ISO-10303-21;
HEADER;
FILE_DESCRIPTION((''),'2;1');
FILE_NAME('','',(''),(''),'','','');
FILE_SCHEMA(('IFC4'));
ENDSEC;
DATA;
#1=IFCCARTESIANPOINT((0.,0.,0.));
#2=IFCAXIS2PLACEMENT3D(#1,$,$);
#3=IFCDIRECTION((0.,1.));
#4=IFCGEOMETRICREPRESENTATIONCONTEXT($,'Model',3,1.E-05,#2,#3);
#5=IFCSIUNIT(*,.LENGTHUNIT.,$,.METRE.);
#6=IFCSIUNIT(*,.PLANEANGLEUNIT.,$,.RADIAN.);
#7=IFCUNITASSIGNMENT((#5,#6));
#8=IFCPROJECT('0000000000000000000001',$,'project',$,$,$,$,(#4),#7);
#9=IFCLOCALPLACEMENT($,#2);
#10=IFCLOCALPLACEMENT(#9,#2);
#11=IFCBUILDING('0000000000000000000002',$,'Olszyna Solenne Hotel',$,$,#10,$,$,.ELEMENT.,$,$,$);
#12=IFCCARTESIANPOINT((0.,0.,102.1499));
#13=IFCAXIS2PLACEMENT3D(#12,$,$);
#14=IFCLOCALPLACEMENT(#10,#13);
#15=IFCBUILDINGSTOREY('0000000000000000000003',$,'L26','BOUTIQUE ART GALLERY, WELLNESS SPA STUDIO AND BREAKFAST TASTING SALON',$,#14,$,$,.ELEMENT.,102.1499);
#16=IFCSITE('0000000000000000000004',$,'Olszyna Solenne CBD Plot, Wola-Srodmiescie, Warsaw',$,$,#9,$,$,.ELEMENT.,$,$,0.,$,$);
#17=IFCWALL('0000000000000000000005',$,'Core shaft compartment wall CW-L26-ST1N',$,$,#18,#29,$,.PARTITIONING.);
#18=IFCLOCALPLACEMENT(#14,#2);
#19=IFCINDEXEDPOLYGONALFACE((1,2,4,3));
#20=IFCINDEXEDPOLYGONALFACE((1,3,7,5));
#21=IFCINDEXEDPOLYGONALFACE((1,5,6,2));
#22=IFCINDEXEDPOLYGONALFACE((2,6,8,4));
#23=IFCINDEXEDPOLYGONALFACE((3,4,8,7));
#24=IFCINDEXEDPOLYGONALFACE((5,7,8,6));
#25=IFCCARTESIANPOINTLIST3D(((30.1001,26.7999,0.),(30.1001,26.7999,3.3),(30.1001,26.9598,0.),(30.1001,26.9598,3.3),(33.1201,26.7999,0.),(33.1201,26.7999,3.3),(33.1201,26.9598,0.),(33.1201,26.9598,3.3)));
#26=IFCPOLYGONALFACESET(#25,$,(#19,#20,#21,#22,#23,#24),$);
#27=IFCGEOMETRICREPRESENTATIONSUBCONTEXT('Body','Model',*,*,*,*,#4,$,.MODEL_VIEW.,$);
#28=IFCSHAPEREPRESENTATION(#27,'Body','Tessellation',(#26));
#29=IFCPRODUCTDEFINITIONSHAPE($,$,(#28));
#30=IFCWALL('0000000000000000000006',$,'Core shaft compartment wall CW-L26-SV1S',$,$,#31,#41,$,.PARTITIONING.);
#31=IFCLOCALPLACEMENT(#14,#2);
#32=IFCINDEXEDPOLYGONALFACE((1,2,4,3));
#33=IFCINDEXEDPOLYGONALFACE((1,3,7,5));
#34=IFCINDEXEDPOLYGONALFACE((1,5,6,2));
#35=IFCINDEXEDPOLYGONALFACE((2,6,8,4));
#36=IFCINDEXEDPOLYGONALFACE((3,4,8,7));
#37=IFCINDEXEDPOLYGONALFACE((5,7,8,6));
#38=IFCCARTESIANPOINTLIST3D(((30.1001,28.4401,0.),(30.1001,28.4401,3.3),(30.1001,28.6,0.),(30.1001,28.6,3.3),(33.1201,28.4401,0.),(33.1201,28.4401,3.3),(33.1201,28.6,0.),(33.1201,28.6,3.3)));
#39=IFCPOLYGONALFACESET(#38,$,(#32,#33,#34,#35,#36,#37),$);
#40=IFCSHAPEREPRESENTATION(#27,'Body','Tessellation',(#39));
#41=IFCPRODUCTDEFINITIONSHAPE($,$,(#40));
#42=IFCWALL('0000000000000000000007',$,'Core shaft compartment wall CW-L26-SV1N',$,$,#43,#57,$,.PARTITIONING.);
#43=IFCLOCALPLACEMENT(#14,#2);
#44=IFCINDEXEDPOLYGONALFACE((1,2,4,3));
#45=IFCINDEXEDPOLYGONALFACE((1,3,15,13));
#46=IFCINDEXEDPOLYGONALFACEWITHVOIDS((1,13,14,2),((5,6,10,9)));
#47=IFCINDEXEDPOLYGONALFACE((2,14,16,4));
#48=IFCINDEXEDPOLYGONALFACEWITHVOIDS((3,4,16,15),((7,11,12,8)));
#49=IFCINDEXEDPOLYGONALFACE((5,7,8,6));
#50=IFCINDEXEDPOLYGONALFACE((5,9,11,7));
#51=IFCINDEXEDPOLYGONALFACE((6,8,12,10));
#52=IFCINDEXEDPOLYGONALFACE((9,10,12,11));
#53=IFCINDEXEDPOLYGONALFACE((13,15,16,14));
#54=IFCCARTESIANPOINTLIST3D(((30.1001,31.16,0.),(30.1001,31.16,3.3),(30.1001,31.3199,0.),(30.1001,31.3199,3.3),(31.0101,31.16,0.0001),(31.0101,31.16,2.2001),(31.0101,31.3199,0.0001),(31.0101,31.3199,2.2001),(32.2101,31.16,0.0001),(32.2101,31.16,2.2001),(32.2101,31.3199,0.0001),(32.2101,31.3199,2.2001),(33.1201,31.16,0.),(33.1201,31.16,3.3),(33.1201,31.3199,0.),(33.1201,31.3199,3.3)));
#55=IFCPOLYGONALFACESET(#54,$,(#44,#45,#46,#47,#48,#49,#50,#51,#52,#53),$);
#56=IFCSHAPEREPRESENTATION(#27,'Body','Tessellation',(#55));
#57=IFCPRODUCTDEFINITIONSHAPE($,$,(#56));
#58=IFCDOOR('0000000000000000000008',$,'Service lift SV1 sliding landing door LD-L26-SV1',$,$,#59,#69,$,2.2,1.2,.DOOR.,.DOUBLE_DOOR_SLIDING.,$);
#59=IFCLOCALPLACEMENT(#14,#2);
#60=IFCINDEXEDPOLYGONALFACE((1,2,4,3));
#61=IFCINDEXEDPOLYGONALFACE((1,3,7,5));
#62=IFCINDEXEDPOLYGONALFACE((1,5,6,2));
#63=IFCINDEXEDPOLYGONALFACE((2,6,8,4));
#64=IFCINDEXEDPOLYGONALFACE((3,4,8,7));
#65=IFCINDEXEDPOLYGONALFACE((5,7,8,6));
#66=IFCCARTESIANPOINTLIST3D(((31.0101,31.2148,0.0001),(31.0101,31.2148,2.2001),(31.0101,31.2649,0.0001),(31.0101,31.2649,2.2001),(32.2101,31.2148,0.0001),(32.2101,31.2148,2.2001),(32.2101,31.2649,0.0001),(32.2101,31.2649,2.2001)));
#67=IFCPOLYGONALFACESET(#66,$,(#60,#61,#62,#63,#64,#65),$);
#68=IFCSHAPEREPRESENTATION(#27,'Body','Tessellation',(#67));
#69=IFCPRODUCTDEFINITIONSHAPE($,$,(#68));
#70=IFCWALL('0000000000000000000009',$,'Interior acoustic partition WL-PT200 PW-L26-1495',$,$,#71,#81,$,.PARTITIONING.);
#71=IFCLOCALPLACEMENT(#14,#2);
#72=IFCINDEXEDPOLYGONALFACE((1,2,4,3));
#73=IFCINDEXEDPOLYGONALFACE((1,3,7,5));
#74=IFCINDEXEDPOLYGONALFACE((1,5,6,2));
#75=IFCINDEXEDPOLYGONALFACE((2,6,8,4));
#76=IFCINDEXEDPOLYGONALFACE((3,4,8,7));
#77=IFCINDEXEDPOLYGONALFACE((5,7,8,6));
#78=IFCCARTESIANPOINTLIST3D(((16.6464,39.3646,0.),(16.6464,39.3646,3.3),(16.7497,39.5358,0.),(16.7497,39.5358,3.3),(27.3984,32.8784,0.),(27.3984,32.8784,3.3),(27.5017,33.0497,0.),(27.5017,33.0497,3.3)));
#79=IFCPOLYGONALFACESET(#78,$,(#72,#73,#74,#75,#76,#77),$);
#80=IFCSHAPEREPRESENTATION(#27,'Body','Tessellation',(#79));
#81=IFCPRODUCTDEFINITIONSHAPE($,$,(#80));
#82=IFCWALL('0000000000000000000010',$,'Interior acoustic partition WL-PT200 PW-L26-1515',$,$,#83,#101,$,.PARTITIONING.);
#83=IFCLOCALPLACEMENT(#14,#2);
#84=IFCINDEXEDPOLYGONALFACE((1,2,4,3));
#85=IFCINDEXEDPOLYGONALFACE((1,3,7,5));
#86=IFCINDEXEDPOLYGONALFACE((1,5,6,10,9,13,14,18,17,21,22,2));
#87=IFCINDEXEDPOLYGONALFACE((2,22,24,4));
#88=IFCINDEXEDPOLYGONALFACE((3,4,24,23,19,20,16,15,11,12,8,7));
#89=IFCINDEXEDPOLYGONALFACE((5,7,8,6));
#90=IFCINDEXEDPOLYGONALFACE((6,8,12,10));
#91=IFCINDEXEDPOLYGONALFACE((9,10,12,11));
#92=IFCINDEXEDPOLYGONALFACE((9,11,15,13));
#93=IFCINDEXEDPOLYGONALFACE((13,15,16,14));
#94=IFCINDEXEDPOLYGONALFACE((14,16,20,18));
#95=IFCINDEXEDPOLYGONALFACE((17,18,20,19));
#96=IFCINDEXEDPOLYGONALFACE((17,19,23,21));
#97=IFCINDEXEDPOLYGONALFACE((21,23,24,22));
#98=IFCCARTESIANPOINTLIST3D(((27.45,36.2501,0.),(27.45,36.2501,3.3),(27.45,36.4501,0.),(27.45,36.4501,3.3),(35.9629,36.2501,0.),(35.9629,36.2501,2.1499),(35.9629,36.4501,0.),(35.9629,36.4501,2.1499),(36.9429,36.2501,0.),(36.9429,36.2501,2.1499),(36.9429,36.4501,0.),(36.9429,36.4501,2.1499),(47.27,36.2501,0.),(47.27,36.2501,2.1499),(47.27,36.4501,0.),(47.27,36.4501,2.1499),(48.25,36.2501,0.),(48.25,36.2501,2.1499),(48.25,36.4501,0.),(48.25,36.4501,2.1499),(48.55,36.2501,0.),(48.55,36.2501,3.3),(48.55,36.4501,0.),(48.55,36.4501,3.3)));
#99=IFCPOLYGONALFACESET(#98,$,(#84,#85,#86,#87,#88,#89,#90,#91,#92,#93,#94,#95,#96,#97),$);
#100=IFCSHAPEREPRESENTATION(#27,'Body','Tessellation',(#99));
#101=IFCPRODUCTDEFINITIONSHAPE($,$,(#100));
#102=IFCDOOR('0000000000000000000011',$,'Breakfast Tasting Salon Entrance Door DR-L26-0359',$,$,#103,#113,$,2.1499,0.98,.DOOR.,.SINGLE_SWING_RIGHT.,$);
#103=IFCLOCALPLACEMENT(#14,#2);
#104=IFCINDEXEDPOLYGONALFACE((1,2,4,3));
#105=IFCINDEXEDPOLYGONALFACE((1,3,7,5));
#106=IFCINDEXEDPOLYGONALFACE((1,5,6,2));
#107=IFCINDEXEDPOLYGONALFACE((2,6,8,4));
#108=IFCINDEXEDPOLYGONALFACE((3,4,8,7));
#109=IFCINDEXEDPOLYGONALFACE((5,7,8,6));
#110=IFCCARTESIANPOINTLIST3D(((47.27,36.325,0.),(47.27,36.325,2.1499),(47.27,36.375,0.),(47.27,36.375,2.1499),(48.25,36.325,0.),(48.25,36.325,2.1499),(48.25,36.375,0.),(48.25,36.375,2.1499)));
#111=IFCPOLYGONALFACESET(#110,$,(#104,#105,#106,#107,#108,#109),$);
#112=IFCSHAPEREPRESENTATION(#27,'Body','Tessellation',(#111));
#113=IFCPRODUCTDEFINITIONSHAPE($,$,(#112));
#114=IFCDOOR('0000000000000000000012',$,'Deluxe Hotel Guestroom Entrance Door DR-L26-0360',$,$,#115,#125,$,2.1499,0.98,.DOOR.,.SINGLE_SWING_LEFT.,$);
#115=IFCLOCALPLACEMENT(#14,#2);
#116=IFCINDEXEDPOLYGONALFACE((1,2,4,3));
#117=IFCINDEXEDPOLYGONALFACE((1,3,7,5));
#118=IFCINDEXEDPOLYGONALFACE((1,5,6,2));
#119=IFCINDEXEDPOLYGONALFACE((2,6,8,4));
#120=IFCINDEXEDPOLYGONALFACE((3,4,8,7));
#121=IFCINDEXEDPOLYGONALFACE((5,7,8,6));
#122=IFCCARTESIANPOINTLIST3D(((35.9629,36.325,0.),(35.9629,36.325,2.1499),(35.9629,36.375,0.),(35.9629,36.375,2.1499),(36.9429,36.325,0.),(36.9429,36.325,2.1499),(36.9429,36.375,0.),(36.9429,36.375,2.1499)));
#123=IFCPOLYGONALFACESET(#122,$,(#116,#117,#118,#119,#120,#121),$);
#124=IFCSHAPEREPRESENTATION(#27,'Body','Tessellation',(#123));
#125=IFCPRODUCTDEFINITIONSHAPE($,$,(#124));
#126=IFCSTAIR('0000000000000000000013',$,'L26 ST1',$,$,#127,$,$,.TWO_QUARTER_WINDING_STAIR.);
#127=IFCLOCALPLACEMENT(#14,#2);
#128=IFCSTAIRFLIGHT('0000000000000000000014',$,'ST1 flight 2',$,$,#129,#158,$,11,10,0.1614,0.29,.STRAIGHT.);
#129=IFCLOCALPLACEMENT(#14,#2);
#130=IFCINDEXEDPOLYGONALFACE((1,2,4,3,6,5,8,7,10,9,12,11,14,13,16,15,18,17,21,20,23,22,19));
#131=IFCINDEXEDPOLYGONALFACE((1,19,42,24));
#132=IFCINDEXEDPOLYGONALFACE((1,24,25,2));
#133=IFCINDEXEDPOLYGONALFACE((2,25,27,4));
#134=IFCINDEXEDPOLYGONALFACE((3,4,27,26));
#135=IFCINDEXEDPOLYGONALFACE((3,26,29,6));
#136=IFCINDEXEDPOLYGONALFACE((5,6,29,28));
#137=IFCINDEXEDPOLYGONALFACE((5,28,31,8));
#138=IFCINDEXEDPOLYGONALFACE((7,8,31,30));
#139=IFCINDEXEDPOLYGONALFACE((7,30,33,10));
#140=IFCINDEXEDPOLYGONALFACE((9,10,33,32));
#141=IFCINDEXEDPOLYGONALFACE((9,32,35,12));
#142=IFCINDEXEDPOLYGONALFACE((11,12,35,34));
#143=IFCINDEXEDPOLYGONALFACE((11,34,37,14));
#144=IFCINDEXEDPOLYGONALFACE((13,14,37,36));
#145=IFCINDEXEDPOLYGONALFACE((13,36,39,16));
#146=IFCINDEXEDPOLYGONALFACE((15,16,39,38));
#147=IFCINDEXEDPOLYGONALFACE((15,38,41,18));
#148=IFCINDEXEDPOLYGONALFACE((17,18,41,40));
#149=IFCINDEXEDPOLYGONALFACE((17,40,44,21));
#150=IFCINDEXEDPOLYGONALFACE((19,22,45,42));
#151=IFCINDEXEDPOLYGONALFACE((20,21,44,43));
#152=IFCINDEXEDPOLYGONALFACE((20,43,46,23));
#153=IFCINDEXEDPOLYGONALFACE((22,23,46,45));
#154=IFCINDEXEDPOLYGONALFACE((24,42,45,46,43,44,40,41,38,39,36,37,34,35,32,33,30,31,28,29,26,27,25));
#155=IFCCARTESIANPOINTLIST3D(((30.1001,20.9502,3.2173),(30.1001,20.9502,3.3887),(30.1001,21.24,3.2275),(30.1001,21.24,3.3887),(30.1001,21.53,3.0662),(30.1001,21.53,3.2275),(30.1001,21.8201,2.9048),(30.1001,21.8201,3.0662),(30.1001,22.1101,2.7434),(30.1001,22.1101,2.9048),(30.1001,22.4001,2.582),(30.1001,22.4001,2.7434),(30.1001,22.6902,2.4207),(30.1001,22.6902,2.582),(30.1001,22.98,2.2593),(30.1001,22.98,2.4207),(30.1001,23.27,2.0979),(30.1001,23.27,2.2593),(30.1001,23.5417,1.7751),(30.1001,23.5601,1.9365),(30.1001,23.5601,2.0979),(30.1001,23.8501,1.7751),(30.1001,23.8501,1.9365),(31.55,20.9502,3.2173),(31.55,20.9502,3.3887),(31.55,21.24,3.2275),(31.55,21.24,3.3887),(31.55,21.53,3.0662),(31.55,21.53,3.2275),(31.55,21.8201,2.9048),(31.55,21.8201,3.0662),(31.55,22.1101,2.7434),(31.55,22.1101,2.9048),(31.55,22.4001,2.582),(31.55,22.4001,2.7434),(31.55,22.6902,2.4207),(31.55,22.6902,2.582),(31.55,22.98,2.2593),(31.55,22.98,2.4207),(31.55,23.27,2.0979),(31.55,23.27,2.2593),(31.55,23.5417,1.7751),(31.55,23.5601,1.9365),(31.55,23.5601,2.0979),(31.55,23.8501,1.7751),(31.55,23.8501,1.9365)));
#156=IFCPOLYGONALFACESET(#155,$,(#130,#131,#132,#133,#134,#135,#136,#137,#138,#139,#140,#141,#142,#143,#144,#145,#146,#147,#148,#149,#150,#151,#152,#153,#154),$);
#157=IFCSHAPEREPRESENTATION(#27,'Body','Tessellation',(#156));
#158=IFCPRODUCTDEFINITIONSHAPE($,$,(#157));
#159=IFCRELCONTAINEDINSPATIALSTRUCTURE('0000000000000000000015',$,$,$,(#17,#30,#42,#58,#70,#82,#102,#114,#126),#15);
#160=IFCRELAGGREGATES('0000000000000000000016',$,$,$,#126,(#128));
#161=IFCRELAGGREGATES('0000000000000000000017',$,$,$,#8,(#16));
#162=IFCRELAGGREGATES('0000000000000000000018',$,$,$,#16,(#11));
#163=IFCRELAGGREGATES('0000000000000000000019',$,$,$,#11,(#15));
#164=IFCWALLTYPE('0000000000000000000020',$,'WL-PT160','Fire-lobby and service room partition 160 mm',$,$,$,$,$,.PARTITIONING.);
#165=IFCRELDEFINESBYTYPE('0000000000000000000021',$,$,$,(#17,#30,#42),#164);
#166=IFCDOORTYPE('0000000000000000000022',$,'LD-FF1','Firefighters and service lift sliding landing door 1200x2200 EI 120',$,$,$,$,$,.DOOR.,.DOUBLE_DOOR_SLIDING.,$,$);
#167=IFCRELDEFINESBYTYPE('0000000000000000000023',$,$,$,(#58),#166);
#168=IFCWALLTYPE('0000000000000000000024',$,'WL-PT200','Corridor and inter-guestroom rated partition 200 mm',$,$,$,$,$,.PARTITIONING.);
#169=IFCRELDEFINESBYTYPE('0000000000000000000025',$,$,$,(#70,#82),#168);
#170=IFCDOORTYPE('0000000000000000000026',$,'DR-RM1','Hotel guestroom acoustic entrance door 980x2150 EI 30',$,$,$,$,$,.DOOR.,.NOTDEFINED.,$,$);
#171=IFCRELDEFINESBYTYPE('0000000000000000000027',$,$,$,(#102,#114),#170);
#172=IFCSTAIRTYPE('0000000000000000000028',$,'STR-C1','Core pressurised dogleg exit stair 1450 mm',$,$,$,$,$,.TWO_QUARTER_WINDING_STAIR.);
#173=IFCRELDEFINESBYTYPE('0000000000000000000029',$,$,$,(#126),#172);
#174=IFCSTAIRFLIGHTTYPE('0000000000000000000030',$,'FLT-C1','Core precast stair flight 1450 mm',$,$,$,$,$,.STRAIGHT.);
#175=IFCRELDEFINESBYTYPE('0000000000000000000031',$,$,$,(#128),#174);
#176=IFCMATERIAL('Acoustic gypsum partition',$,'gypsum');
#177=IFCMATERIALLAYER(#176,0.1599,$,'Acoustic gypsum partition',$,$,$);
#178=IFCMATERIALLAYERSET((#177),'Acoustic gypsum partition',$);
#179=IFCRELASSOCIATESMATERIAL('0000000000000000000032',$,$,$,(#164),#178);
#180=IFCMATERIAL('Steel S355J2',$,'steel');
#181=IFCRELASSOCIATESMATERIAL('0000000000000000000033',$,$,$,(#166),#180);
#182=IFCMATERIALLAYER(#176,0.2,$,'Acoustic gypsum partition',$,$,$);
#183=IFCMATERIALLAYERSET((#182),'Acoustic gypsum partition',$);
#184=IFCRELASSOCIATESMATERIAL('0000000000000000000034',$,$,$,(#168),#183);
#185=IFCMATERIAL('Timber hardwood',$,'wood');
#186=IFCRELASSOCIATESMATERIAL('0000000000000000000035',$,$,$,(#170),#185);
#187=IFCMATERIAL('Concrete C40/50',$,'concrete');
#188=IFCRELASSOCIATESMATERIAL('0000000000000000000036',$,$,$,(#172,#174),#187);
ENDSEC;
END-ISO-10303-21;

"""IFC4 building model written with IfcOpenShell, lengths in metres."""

from ifc_helpers import new_model, si_unit, direction, frame, frame_2d, origin, place, context, subcontext, project, spatial, polyline, rectangle, outline, extrude, source, transform, mapped, material, layer, layer_set, type_object, type_shapes, element, fill, aggregate, save


model = new_model("IFC4")

# Units and contexts
model_context = context("Model", 3, precision=1e-05, world=origin(), true_north=direction((0.0, 1.0)))
body_context = subcontext(model_context, "Body", "Model", "MODEL_VIEW")
ifc_project = project(units=[si_unit("LENGTHUNIT", "METRE"), si_unit("PLANEANGLEUNIT", "RADIAN")], contexts=[model_context])

# Site, building, storey
site_placement = place(None, origin())
site = spatial("IfcSite", under=ifc_project, at=site_placement, Name="Olszyna Solenne CBD Plot, Wola-Srodmiescie, Warsaw", CompositionType="ELEMENT", RefElevation=0.0)
building_placement = place(site_placement, origin())
building = spatial("IfcBuilding", under=site, at=building_placement, Name="Olszyna Solenne Hotel", CompositionType="ELEMENT")
storey_placement = place(building_placement, frame((0.0, 0.0, 102.1499)))
storey = spatial("IfcBuildingStorey", under=building, at=storey_placement, Name="L26", Description="BOUTIQUE ART GALLERY, WELLNESS SPA STUDIO AND BREAKFAST TASTING SALON", CompositionType="ELEMENT", Elevation=102.1499)

# Shared definitions
ifc_material_1 = material(Name="Steel S355J2", Category="steel")

# Walls
ifc_material_2 = material(Name="Acoustic gypsum partition", Category="gypsum")
ifc_layer_1 = layer(ifc_material_2, 0.1599, Name="Acoustic gypsum partition")
ifc_layer_set_1 = layer_set([ifc_layer_1], Name="Acoustic gypsum partition")
wall_type_1 = type_object("IfcWallType", Name="WL-PT160", Description="Fire-lobby and service room partition 160 mm", PredefinedType="PARTITIONING", material=ifc_layer_set_1)
for number, where, z_axis, x_axis, name in (
    (1, (30.1001, 26.8799, 0.0), (0.0, 0.0, 1.0), (1.0, 0.0, 0.0), "Core shaft compartment wall CW-L26-ST1N"),
    (2, (30.1001, 28.52, 0.0), (0.0, 0.0, 1.0), (1.0, 0.0, 0.0), "Core shaft compartment wall CW-L26-SV1S"),
):
    element("IfcWall", number, at=place(storey_placement, frame(where, z_axis=z_axis, x_axis=x_axis)), inside=storey, type_object=wall_type_1, Name=name, PredefinedType="PARTITIONING", context=body_context, shape_type="SweptSolid", body=[
        extrude(rectangle(XDim=3.02, YDim=0.1599, at=frame_2d((1.51, 0.0))), origin(), (0.0, 0.0, 1.0), 3.3),
    ])

# Wall, opening, door
wall_1_placement = place(storey_placement, frame((30.1001, 31.24, 0.0), z_axis=(0.0, 0.0, 1.0), x_axis=(1.0, 0.0, 0.0)))
wall_1 = element("IfcWall", 3, at=wall_1_placement, inside=storey, type_object=wall_type_1, Name="Core shaft compartment wall CW-L26-SV1N", PredefinedType="PARTITIONING", context=body_context, shape_type="SweptSolid", body=[
    extrude(rectangle(XDim=3.02, YDim=0.1599, at=frame_2d((1.51, 0.0))), origin(), (0.0, 0.0, 1.0), 3.3),
])
opening_1_placement = place(wall_1_placement, frame((0.9099, 0.0, 0.0)))
opening_1 = element("IfcOpeningElement", 4, at=opening_1_placement, cuts=wall_1, PredefinedType="OPENING", context=body_context, shape_type="SweptSolid", body=[
    extrude(rectangle(XDim=1.2, YDim=2.2, at=frame_2d((0.6001, 1.1001))), frame((0.0, 0.0898, 0.0), z_axis=(0.0, -1.0, 0.0), x_axis=(1.0, 0.0, 0.0)), (0.0, 0.0, 1.0), 0.1799),
])
door_type_1 = type_object("IfcDoorType", Name="LD-FF1", Description="Firefighters and service lift sliding landing door 1200x2200 EI 120", OperationType="DOUBLE_DOOR_SLIDING", PredefinedType="DOOR", material=ifc_material_1)
shared_shape_1 = source(origin(), body_context, "Body", "SweptSolid", [
    extrude(rectangle(XDim=1.2, YDim=2.2, at=frame_2d((0.6001, 1.1001))), frame((0.0, 0.0249, 0.0), z_axis=(0.0, -1.0, 0.0), x_axis=(1.0, 0.0, 0.0)), (0.0, 0.0, 1.0), 0.05),
])
type_shapes(door_type_1, [shared_shape_1])
door_1_placement = place(opening_1_placement, origin())
door_1 = element("IfcDoor", 5, at=door_1_placement, inside=storey, type_object=door_type_1, Name="Service lift SV1 sliding landing door LD-L26-SV1", OperationType="DOUBLE_DOOR_SLIDING", OverallHeight=2.2, OverallWidth=1.2, PredefinedType="DOOR", context=body_context, shape_type="MappedRepresentation", body=[
    mapped(shared_shape_1, transform((0.0, 0.0, 0.0), x_axis=(1.0, 0.0, 0.0), y_axis=(0.0, 1.0, 0.0), z_axis=(0.0, 0.0, 1.0), scale=1.0)),
])
fill(opening_1, door_1)

# Wall
ifc_layer_2 = layer(ifc_material_2, 0.2, Name="Acoustic gypsum partition")
ifc_layer_set_2 = layer_set([ifc_layer_2], Name="Acoustic gypsum partition")
wall_type_2 = type_object("IfcWallType", Name="WL-PT200", Description="Corridor and inter-guestroom rated partition 200 mm", PredefinedType="PARTITIONING", material=ifc_layer_set_2)
wall_2_placement = place(storey_placement, frame((27.45, 32.9641, 0.0), z_axis=(0.0, 0.0, 1.0), x_axis=(-0.856264, 0.516539, 0.0)))
element("IfcWall", 6, at=wall_2_placement, inside=storey, type_object=wall_type_2, Name="Interior acoustic partition WL-PT200 PW-L26-1495", PredefinedType="PARTITIONING", context=body_context, shape_type="SweptSolid", body=[
    extrude(rectangle(XDim=12.5569, YDim=0.2, at=frame_2d((6.2783, 0.0))), origin(), (0.0, 0.0, 1.0), 3.3),
])

# Wall, openings, doors
wall_3_placement = place(storey_placement, frame((27.45, 36.3501, 0.0), z_axis=(0.0, 0.0, 1.0), x_axis=(1.0, 0.0, 0.0)))
wall_3 = element("IfcWall", 7, at=wall_3_placement, inside=storey, type_object=wall_type_2, Name="Interior acoustic partition WL-PT200 PW-L26-1515", PredefinedType="PARTITIONING", context=body_context, shape_type="SweptSolid", body=[
    extrude(rectangle(XDim=21.1001, YDim=0.2, at=frame_2d((10.55, 0.0))), origin(), (0.0, 0.0, 1.0), 3.3),
])
opening_2_placement = place(wall_3_placement, frame((19.8201, 0.0, 0.0)))
opening_2 = element("IfcOpeningElement", 8, at=opening_2_placement, cuts=wall_3, PredefinedType="OPENING", context=body_context, shape_type="SweptSolid", body=[
    extrude(rectangle(XDim=0.98, YDim=2.1499, at=frame_2d((0.49, 1.075))), frame((0.0, 0.1099, 0.0), z_axis=(0.0, -1.0, 0.0), x_axis=(1.0, 0.0, 0.0)), (0.0, 0.0, 1.0), 0.22),
])
opening_3_placement = place(wall_3_placement, frame((8.5129, 0.0, 0.0)))
opening_3 = element("IfcOpeningElement", 9, at=opening_3_placement, cuts=wall_3, PredefinedType="OPENING", context=body_context, shape_type="SweptSolid", body=[
    extrude(rectangle(XDim=0.98, YDim=2.1499, at=frame_2d((0.49, 1.075))), frame((0.0, 0.1099, 0.0), z_axis=(0.0, -1.0, 0.0), x_axis=(1.0, 0.0, 0.0)), (0.0, 0.0, 1.0), 0.22),
])
ifc_material_3 = material(Name="Timber hardwood", Category="wood")
door_type_2 = type_object("IfcDoorType", Name="DR-RM1", Description="Hotel guestroom acoustic entrance door 980x2150 EI 30", OperationType="NOTDEFINED", PredefinedType="DOOR", material=ifc_material_3)
shared_shape_2 = source(origin(), body_context, "Body", "SweptSolid", [
    extrude(rectangle(XDim=0.98, YDim=2.1499, at=frame_2d((0.49, 1.075))), frame((0.0, 0.0249, 0.0), z_axis=(0.0, -1.0, 0.0), x_axis=(1.0, 0.0, 0.0)), (0.0, 0.0, 1.0), 0.05),
])
type_shapes(door_type_2, [shared_shape_2])
door_2_placement = place(opening_2_placement, origin())
door_2 = element("IfcDoor", 10, at=door_2_placement, inside=storey, type_object=door_type_2, Name="Breakfast Tasting Salon Entrance Door DR-L26-0359", OperationType="SINGLE_SWING_RIGHT", OverallHeight=2.1499, OverallWidth=0.98, PredefinedType="DOOR", context=body_context, shape_type="MappedRepresentation", body=[
    mapped(shared_shape_2, transform((0.0, 0.0, 0.0), x_axis=(1.0, 0.0, 0.0), y_axis=(0.0, 1.0, 0.0), z_axis=(0.0, 0.0, 1.0), scale=1.0)),
])
fill(opening_2, door_2)
door_3_placement = place(opening_3_placement, origin())
door_3 = element("IfcDoor", 11, at=door_3_placement, inside=storey, type_object=door_type_2, Name="Deluxe Hotel Guestroom Entrance Door DR-L26-0360", OperationType="SINGLE_SWING_LEFT", OverallHeight=2.1499, OverallWidth=0.98, PredefinedType="DOOR", context=body_context, shape_type="MappedRepresentation", body=[
    mapped(shared_shape_2, transform((0.0, 0.0, 0.0), x_axis=(1.0, 0.0, 0.0), y_axis=(0.0, 1.0, 0.0), z_axis=(0.0, 0.0, 1.0), scale=1.0)),
])
fill(opening_3, door_3)

# Stair, stair flight
ifc_material_4 = material(Name="Concrete C40/50", Category="concrete")
stair_type = type_object("IfcStairType", Name="STR-C1", Description="Core pressurised dogleg exit stair 1450 mm", PredefinedType="TWO_QUARTER_WINDING_STAIR", material=ifc_material_4)
stair_placement = place(storey_placement, origin())
stair = element("IfcStair", 12, at=stair_placement, inside=storey, type_object=stair_type, Name="L26 ST1", PredefinedType="TWO_QUARTER_WINDING_STAIR")
stair_flight_type = type_object("IfcStairFlightType", Name="FLT-C1", Description="Core precast stair flight 1450 mm", PredefinedType="STRAIGHT", material=ifc_material_4)
stair_flight_placement = place(storey_placement, frame((30.825, 23.8501, 1.7751), z_axis=(0.0, 0.0, 1.0), x_axis=(0.0, -1.0, 0.0)))
stair_flight = element("IfcStairFlight", 13, at=stair_flight_placement, type_object=stair_flight_type, Name="ST1 flight 2", NumberOfRisers=11, NumberOfTreads=10, PredefinedType="STRAIGHT", RiserHeight=0.1614, TreadLength=0.29, context=body_context, shape_type="SweptSolid", body=[
    extrude(outline(polyline([(0.0, 0.0), (0.0, 0.1614), (0.29, 0.1614), (0.29, 0.3228), (0.5801, 0.3228), (0.5801, 0.4841), (0.8701, 0.4841), (0.8701, 0.6455), (1.1599, 0.6455), (1.1599, 0.8069), (1.45, 0.8069), (1.45, 0.9683), (1.74, 0.9683), (1.74, 1.1296), (2.03, 1.1296), (2.03, 1.291), (2.3201, 1.291), (2.3201, 1.4524), (2.6101, 1.4524), (2.6101, 1.6135), (2.8999, 1.6135), (2.8999, 1.7749), (2.8999, 1.4421), (0.3083, 0.0), (0.0, 0.0)])), frame((0.0, 0.7251, 0.0), z_axis=(0.0, -1.0, 0.0), x_axis=(1.0, 0.0, 0.0)), (0.0, 0.0, 1.0), 1.45),
])
aggregate(stair, [stair_flight])

save(model, "model.ifc")
